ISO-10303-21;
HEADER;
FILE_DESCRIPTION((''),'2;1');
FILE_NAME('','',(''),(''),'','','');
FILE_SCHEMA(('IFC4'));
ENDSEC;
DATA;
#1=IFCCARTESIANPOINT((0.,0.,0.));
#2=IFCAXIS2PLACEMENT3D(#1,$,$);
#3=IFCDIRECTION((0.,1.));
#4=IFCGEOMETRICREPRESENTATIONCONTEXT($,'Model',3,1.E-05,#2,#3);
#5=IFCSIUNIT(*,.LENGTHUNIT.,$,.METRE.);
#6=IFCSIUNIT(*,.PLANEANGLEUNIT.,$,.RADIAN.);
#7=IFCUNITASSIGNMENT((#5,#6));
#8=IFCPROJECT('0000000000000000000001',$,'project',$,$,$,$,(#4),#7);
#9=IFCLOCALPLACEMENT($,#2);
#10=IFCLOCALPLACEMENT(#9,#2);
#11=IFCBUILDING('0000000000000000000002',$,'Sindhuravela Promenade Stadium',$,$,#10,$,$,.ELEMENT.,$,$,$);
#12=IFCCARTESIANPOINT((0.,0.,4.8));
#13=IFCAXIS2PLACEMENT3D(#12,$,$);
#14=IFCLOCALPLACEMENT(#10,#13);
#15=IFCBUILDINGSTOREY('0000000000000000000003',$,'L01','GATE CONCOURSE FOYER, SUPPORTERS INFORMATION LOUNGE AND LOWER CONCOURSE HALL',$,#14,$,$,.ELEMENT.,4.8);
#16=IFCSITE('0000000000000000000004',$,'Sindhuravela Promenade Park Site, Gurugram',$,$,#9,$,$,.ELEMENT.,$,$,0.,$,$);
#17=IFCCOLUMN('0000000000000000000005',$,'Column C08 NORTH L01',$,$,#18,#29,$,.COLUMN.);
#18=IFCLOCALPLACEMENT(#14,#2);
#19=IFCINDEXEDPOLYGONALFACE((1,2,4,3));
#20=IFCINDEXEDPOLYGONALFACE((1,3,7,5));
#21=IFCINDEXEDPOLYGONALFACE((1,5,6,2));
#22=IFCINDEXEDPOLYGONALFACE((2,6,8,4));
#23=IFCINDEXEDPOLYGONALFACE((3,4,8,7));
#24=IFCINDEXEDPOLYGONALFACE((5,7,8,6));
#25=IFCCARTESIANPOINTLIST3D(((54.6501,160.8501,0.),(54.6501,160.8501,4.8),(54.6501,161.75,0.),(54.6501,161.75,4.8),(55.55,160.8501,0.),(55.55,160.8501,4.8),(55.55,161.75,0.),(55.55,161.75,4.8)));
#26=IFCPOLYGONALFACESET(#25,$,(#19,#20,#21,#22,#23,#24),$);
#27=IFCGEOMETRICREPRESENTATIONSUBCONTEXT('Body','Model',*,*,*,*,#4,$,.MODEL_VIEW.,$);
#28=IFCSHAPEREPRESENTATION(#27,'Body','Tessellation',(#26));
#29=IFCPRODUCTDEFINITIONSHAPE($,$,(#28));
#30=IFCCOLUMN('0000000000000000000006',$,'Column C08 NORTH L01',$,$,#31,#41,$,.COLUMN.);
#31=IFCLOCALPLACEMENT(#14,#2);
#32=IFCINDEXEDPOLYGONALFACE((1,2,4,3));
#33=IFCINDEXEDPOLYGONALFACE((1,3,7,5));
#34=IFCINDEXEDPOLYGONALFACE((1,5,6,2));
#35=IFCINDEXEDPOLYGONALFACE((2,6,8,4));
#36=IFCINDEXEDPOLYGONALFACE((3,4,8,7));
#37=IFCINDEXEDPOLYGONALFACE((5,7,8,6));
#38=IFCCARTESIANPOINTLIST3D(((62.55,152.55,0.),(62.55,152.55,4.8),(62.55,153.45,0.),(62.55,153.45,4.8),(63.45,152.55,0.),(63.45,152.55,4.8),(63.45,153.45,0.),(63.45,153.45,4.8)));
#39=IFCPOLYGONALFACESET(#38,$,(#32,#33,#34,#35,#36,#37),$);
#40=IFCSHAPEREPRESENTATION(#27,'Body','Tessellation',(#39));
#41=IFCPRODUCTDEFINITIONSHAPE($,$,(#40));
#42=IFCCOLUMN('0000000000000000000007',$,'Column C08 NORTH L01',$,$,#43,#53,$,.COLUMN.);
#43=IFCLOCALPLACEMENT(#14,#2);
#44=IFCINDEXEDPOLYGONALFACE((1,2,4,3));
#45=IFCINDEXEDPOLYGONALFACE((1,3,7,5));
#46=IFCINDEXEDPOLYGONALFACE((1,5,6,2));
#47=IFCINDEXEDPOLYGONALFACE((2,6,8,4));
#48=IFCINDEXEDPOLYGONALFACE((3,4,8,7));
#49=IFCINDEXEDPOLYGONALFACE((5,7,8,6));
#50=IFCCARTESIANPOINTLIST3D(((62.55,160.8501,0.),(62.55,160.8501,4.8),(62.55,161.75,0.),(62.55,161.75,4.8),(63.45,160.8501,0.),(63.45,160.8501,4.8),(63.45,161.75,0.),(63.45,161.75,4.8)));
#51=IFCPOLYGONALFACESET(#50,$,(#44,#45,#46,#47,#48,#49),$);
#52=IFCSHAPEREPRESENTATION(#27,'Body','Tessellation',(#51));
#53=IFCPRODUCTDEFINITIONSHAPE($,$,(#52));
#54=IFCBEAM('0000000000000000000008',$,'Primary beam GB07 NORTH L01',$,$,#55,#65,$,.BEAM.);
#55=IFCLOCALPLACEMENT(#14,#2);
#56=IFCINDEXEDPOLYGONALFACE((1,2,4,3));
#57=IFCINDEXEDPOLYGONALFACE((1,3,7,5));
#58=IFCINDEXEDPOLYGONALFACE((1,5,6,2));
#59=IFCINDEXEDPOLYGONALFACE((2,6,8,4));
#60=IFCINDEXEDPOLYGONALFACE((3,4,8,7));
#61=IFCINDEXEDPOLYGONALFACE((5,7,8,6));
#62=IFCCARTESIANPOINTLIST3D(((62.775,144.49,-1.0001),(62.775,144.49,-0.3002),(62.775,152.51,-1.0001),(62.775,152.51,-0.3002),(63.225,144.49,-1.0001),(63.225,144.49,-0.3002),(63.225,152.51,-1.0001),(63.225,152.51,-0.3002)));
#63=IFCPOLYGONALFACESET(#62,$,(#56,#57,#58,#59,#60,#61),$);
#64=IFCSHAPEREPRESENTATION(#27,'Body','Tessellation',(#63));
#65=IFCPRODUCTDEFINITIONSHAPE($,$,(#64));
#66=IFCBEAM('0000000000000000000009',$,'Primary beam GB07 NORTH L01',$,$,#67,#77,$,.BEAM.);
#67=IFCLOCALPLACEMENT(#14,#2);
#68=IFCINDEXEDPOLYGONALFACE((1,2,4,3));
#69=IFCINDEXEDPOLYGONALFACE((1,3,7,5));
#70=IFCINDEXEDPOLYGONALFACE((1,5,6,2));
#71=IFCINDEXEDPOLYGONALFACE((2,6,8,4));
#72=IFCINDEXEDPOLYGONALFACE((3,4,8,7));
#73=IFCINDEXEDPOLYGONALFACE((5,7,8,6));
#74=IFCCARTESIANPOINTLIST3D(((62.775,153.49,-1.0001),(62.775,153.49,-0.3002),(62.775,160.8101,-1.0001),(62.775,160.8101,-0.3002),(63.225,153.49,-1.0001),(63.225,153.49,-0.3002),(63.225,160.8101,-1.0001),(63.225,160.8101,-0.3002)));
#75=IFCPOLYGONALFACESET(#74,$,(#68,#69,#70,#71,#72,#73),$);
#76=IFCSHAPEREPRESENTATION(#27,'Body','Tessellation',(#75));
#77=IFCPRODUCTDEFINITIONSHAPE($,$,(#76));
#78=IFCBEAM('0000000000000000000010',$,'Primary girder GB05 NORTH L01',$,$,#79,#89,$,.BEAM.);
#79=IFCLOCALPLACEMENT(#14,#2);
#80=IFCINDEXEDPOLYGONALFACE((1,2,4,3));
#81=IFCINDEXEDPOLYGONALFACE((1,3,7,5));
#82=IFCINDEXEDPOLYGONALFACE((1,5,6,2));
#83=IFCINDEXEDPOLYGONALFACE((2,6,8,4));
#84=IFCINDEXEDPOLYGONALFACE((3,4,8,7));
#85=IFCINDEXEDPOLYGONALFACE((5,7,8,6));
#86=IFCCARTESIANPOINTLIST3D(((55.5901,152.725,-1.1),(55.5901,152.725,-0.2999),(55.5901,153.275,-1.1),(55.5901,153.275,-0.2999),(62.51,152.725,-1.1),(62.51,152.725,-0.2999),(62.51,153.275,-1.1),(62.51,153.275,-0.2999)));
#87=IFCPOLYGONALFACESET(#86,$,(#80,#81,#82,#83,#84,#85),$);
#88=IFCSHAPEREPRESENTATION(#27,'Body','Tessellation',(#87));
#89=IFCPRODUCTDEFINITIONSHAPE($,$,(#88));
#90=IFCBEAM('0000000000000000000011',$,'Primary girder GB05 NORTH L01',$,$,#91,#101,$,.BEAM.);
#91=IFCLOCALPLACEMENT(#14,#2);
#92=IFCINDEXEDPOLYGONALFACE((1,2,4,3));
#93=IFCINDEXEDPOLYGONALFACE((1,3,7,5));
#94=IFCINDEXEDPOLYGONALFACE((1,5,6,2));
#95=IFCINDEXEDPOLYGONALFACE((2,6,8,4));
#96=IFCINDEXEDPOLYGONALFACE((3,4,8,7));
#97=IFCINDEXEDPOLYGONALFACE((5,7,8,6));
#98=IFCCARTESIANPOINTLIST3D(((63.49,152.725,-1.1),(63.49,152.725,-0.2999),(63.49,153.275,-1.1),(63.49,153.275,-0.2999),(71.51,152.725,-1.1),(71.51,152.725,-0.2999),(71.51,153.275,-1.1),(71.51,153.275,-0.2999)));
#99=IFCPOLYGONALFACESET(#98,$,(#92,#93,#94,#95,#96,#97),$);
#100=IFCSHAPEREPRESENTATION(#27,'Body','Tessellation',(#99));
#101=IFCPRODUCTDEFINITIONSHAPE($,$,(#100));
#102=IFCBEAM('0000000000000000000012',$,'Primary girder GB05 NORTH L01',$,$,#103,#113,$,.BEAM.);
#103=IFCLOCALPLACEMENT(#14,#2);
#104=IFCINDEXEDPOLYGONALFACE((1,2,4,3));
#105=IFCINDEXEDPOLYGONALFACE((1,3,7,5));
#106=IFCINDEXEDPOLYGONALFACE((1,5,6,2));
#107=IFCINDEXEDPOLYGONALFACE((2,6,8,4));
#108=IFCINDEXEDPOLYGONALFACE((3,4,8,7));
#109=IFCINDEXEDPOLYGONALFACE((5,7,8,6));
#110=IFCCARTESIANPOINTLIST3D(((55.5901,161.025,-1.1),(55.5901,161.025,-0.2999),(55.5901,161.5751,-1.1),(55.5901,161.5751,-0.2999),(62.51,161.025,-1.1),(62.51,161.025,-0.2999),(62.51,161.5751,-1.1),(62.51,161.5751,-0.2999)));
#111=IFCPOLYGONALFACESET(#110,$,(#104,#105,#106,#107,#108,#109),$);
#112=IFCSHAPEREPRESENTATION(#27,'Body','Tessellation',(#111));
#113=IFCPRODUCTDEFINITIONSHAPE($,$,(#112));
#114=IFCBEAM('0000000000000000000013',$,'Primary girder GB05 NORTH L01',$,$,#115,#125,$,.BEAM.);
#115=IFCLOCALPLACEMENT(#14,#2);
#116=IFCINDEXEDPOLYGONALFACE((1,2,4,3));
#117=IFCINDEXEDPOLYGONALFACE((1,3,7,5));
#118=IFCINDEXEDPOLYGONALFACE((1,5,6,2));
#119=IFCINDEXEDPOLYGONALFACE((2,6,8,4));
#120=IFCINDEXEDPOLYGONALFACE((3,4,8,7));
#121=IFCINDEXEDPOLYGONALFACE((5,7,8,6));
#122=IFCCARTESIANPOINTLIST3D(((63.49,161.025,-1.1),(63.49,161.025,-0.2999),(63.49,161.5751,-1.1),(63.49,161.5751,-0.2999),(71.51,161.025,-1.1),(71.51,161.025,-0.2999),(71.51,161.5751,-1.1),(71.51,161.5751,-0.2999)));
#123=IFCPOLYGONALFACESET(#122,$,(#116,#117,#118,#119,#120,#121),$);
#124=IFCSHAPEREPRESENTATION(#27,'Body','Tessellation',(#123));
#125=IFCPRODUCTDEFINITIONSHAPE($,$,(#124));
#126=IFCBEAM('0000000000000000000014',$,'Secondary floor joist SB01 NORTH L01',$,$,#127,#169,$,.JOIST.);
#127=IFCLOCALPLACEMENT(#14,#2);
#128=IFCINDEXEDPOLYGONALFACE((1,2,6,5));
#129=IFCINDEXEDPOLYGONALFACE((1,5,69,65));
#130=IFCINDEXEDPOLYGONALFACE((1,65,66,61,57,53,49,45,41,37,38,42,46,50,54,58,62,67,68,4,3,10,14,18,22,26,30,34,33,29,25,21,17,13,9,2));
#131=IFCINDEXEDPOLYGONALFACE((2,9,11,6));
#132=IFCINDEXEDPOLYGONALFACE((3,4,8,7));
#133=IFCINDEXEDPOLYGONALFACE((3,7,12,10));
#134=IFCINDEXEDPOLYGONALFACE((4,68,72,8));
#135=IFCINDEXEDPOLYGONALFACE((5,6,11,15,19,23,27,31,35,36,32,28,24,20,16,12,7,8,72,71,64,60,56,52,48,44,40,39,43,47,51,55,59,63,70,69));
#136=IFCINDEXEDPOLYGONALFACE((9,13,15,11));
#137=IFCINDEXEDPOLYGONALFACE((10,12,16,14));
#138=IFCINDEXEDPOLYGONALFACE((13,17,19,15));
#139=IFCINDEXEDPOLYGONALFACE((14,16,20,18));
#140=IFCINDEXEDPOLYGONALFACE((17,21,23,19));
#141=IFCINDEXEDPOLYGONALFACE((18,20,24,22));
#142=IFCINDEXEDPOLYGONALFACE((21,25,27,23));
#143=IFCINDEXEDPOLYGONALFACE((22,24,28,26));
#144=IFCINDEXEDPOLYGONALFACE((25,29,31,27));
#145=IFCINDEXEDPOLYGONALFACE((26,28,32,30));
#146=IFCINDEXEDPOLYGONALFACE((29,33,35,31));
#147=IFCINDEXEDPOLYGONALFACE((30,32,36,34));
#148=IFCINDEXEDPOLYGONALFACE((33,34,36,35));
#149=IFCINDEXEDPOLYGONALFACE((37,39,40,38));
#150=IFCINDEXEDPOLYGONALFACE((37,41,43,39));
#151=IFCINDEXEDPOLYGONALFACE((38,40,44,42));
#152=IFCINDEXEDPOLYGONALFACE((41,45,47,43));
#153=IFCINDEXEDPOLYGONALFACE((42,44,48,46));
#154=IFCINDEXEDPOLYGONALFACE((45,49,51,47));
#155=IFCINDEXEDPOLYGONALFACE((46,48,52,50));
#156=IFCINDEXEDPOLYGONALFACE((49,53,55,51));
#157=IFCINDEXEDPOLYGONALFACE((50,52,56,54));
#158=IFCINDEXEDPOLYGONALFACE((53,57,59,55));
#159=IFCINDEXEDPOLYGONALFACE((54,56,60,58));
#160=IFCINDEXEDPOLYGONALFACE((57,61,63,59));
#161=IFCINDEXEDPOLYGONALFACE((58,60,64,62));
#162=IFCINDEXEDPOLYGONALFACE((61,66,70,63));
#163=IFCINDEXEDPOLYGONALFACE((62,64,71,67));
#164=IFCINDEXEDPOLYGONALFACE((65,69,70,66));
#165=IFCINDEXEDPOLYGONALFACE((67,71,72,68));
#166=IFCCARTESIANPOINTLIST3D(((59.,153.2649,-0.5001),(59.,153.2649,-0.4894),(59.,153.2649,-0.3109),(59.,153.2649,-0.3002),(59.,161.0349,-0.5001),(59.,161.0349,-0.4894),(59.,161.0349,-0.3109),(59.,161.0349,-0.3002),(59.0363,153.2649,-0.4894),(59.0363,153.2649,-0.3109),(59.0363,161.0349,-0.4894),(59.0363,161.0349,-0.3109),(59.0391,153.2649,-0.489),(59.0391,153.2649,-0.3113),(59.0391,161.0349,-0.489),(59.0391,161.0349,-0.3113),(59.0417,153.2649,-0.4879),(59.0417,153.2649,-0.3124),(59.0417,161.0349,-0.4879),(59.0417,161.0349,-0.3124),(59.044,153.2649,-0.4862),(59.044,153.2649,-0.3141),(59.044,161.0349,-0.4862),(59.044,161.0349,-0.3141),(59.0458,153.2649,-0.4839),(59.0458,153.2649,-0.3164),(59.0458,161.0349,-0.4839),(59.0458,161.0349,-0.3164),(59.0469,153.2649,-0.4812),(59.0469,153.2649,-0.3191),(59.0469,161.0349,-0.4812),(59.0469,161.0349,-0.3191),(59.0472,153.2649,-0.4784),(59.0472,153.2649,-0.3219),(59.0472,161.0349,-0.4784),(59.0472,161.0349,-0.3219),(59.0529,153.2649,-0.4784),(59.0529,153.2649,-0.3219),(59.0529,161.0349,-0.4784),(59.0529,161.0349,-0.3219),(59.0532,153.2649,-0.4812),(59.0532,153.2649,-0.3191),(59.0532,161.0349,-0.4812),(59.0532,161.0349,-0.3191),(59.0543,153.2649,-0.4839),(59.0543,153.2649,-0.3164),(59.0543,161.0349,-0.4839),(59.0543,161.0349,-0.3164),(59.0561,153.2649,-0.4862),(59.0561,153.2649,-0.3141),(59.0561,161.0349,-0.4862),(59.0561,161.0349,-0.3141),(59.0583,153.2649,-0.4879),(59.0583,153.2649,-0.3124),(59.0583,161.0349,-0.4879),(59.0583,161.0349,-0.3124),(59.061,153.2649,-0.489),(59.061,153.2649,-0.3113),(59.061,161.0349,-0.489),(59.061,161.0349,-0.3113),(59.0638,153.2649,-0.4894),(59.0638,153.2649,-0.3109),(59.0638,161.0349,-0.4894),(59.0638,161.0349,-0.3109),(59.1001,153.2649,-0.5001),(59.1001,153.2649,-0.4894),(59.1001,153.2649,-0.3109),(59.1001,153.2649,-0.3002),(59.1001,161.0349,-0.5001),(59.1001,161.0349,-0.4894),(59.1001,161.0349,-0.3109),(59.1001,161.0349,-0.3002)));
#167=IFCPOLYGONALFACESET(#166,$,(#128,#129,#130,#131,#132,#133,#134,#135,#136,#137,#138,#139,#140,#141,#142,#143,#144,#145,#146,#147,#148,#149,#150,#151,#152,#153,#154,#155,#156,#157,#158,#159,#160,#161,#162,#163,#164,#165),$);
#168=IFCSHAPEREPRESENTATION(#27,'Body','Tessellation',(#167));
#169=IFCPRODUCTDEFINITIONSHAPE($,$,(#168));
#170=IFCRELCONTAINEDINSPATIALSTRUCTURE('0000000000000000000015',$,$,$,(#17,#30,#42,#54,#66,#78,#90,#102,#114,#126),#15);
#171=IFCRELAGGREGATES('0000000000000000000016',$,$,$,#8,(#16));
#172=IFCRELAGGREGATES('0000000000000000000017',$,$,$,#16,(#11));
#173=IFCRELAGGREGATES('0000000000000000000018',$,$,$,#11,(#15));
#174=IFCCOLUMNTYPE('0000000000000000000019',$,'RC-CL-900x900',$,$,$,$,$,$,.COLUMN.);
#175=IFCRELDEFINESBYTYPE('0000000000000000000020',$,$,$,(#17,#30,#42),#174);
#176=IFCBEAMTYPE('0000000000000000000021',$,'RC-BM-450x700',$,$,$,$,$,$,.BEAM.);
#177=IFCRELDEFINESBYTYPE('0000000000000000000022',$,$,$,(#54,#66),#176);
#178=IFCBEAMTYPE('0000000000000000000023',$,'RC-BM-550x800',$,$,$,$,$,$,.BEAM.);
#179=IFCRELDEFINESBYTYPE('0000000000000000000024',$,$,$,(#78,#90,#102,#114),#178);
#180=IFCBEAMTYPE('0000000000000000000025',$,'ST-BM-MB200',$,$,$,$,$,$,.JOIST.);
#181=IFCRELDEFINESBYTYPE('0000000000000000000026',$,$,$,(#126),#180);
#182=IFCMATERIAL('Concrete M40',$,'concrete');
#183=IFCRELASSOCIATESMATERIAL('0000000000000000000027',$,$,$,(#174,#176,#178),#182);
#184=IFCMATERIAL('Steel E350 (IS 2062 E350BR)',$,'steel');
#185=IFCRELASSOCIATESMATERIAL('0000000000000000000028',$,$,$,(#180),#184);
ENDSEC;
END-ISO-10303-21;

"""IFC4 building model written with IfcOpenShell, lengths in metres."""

from ifc_helpers import new_model, si_unit, direction, frame, origin, origin_2d, place, context, subcontext, project, spatial, rectangle, i_section, extrude, material, material_profile, profile_set, type_object, element, save


model = new_model("IFC4")

# Units and contexts
model_context = context("Model", 3, precision=1e-05, world=origin(), true_north=direction((0.0, 1.0)))
body_context = subcontext(model_context, "Body", "Model", "MODEL_VIEW")
ifc_project = project(units=[si_unit("LENGTHUNIT", "METRE"), si_unit("PLANEANGLEUNIT", "RADIAN")], contexts=[model_context])

# Site, building, storey
site_placement = place(None, origin())
site = spatial("IfcSite", under=ifc_project, at=site_placement, Name="Sindhuravela Promenade Park Site, Gurugram", CompositionType="ELEMENT", RefElevation=0.0)
building_placement = place(site_placement, origin())
building = spatial("IfcBuilding", under=site, at=building_placement, Name="Sindhuravela Promenade Stadium", CompositionType="ELEMENT")
storey_placement = place(building_placement, frame((0.0, 0.0, 4.8)))
storey = spatial("IfcBuildingStorey", under=building, at=storey_placement, Name="L01", Description="GATE CONCOURSE FOYER, SUPPORTERS INFORMATION LOUNGE AND LOWER CONCOURSE HALL", CompositionType="ELEMENT", Elevation=4.8)

# Columns
ifc_material_1 = material(Name="Concrete M40", Category="concrete")
ifc_material_profile_1 = material_profile(ifc_material_1, rectangle(XDim=0.8999, YDim=0.8999, at=origin_2d()), Name="RC 900x900")
ifc_profile_set_1 = profile_set([ifc_material_profile_1], Name="Concrete M40")
column_type = type_object("IfcColumnType", Name="RC-CL-900x900", PredefinedType="COLUMN", material=ifc_profile_set_1)
for number, where, z_axis, x_axis, name in (
    (1, (55.1001, 161.3, 0.0), (0.0, 0.0, 1.0), (1.0, 0.0, 0.0), "Column C08 NORTH L01"),
    (2, (63.0, 153.0, 0.0), (0.0, 0.0, 1.0), (1.0, 0.0, 0.0), "Column C08 NORTH L01"),
    (3, (63.0, 161.3, 0.0), (0.0, 0.0, 1.0), (1.0, 0.0, 0.0), "Column C08 NORTH L01"),
):
    element("IfcColumn", number, at=place(storey_placement, frame(where, z_axis=z_axis, x_axis=x_axis)), inside=storey, type_object=column_type, Name=name, PredefinedType="COLUMN", context=body_context, shape_type="SweptSolid", body=[
        extrude(rectangle(XDim=0.8999, YDim=0.8999, at=origin_2d()), origin(), (0.0, 0.0, 1.0), 4.8),
    ])

# Beams
ifc_material_profile_2 = material_profile(ifc_material_1, rectangle(XDim=0.45, YDim=0.7, at=origin_2d()), Name="RC 450x700")
ifc_profile_set_2 = profile_set([ifc_material_profile_2], Name="Concrete M40")
beam_type_1 = type_object("IfcBeamType", Name="RC-BM-450x700", PredefinedType="BEAM", material=ifc_profile_set_2)
beam_1_placement = place(storey_placement, frame((63.0, 144.49, -0.6501), z_axis=(0.0, 1.0, 0.0), x_axis=(-1.0, 0.0, 0.0)))
element("IfcBeam", 4, at=beam_1_placement, inside=storey, type_object=beam_type_1, Name="Primary beam GB07 NORTH L01", PredefinedType="BEAM", context=body_context, shape_type="SweptSolid", body=[
    extrude(rectangle(XDim=0.45, YDim=0.7, at=origin_2d()), origin(), (0.0, 0.0, 1.0), 8.02),
])
beam_2_placement = place(storey_placement, frame((63.0, 153.49, -0.6501), z_axis=(0.0, 1.0, 0.0), x_axis=(-1.0, 0.0, 0.0)))
element("IfcBeam", 5, at=beam_2_placement, inside=storey, type_object=beam_type_1, Name="Primary beam GB07 NORTH L01", PredefinedType="BEAM", context=body_context, shape_type="SweptSolid", body=[
    extrude(rectangle(XDim=0.45, YDim=0.7, at=origin_2d()), origin(), (0.0, 0.0, 1.0), 7.3201),
])
ifc_material_profile_3 = material_profile(ifc_material_1, rectangle(XDim=0.55, YDim=0.8, at=origin_2d()), Name="RC 550x800")
ifc_profile_set_3 = profile_set([ifc_material_profile_3], Name="Concrete M40")
beam_type_2 = type_object("IfcBeamType", Name="RC-BM-550x800", PredefinedType="BEAM", material=ifc_profile_set_3)
beam_3_placement = place(storey_placement, frame((55.5901, 153.0, -0.7), z_axis=(1.0, 0.0, 0.0), x_axis=(0.0, 1.0, 0.0)))
element("IfcBeam", 6, at=beam_3_placement, inside=storey, type_object=beam_type_2, Name="Primary girder GB05 NORTH L01", PredefinedType="BEAM", context=body_context, shape_type="SweptSolid", body=[
    extrude(rectangle(XDim=0.55, YDim=0.8, at=origin_2d()), origin(), (0.0, 0.0, 1.0), 6.9199),
])
beam_4_placement = place(storey_placement, frame((63.49, 153.0, -0.7), z_axis=(1.0, 0.0, 0.0), x_axis=(0.0, 1.0, 0.0)))
element("IfcBeam", 7, at=beam_4_placement, inside=storey, type_object=beam_type_2, Name="Primary girder GB05 NORTH L01", PredefinedType="BEAM", context=body_context, shape_type="SweptSolid", body=[
    extrude(rectangle(XDim=0.55, YDim=0.8, at=origin_2d()), origin(), (0.0, 0.0, 1.0), 8.02),
])
beam_5_placement = place(storey_placement, frame((55.5901, 161.3, -0.7), z_axis=(1.0, 0.0, 0.0), x_axis=(0.0, 1.0, 0.0)))
element("IfcBeam", 8, at=beam_5_placement, inside=storey, type_object=beam_type_2, Name="Primary girder GB05 NORTH L01", PredefinedType="BEAM", context=body_context, shape_type="SweptSolid", body=[
    extrude(rectangle(XDim=0.55, YDim=0.8, at=origin_2d()), origin(), (0.0, 0.0, 1.0), 6.9199),
])
beam_6_placement = place(storey_placement, frame((63.49, 161.3, -0.7), z_axis=(1.0, 0.0, 0.0), x_axis=(0.0, 1.0, 0.0)))
element("IfcBeam", 9, at=beam_6_placement, inside=storey, type_object=beam_type_2, Name="Primary girder GB05 NORTH L01", PredefinedType="BEAM", context=body_context, shape_type="SweptSolid", body=[
    extrude(rectangle(XDim=0.55, YDim=0.8, at=origin_2d()), origin(), (0.0, 0.0, 1.0), 8.02),
])
ifc_material_2 = material(Name="Steel E350 (IS 2062 E350BR)", Category="steel")
ifc_material_profile_4 = material_profile(ifc_material_2, i_section(OverallWidth=0.1001, OverallDepth=0.2, WebThickness=0.0056, FlangeThickness=0.0107, FilletRadius=0.011, at=origin_2d()), Name="ISMB 200")
ifc_profile_set_4 = profile_set([ifc_material_profile_4], Name="Steel E350 (IS 2062 E350BR)")
beam_type_3 = type_object("IfcBeamType", Name="ST-BM-MB200", PredefinedType="JOIST", material=ifc_profile_set_4)
beam_7_placement = place(storey_placement, frame((59.05, 153.2649, -0.4001), z_axis=(0.0, 1.0, 0.0), x_axis=(-1.0, 0.0, 0.0)))
element("IfcBeam", 10, at=beam_7_placement, inside=storey, type_object=beam_type_3, Name="Secondary floor joist SB01 NORTH L01", PredefinedType="JOIST", context=body_context, shape_type="SweptSolid", body=[
    extrude(i_section(OverallWidth=0.1001, OverallDepth=0.2, WebThickness=0.0056, FlangeThickness=0.0107, FilletRadius=0.011, at=origin_2d()), origin(), (0.0, 0.0, 1.0), 7.77),
])

save(model, "model.ifc")
